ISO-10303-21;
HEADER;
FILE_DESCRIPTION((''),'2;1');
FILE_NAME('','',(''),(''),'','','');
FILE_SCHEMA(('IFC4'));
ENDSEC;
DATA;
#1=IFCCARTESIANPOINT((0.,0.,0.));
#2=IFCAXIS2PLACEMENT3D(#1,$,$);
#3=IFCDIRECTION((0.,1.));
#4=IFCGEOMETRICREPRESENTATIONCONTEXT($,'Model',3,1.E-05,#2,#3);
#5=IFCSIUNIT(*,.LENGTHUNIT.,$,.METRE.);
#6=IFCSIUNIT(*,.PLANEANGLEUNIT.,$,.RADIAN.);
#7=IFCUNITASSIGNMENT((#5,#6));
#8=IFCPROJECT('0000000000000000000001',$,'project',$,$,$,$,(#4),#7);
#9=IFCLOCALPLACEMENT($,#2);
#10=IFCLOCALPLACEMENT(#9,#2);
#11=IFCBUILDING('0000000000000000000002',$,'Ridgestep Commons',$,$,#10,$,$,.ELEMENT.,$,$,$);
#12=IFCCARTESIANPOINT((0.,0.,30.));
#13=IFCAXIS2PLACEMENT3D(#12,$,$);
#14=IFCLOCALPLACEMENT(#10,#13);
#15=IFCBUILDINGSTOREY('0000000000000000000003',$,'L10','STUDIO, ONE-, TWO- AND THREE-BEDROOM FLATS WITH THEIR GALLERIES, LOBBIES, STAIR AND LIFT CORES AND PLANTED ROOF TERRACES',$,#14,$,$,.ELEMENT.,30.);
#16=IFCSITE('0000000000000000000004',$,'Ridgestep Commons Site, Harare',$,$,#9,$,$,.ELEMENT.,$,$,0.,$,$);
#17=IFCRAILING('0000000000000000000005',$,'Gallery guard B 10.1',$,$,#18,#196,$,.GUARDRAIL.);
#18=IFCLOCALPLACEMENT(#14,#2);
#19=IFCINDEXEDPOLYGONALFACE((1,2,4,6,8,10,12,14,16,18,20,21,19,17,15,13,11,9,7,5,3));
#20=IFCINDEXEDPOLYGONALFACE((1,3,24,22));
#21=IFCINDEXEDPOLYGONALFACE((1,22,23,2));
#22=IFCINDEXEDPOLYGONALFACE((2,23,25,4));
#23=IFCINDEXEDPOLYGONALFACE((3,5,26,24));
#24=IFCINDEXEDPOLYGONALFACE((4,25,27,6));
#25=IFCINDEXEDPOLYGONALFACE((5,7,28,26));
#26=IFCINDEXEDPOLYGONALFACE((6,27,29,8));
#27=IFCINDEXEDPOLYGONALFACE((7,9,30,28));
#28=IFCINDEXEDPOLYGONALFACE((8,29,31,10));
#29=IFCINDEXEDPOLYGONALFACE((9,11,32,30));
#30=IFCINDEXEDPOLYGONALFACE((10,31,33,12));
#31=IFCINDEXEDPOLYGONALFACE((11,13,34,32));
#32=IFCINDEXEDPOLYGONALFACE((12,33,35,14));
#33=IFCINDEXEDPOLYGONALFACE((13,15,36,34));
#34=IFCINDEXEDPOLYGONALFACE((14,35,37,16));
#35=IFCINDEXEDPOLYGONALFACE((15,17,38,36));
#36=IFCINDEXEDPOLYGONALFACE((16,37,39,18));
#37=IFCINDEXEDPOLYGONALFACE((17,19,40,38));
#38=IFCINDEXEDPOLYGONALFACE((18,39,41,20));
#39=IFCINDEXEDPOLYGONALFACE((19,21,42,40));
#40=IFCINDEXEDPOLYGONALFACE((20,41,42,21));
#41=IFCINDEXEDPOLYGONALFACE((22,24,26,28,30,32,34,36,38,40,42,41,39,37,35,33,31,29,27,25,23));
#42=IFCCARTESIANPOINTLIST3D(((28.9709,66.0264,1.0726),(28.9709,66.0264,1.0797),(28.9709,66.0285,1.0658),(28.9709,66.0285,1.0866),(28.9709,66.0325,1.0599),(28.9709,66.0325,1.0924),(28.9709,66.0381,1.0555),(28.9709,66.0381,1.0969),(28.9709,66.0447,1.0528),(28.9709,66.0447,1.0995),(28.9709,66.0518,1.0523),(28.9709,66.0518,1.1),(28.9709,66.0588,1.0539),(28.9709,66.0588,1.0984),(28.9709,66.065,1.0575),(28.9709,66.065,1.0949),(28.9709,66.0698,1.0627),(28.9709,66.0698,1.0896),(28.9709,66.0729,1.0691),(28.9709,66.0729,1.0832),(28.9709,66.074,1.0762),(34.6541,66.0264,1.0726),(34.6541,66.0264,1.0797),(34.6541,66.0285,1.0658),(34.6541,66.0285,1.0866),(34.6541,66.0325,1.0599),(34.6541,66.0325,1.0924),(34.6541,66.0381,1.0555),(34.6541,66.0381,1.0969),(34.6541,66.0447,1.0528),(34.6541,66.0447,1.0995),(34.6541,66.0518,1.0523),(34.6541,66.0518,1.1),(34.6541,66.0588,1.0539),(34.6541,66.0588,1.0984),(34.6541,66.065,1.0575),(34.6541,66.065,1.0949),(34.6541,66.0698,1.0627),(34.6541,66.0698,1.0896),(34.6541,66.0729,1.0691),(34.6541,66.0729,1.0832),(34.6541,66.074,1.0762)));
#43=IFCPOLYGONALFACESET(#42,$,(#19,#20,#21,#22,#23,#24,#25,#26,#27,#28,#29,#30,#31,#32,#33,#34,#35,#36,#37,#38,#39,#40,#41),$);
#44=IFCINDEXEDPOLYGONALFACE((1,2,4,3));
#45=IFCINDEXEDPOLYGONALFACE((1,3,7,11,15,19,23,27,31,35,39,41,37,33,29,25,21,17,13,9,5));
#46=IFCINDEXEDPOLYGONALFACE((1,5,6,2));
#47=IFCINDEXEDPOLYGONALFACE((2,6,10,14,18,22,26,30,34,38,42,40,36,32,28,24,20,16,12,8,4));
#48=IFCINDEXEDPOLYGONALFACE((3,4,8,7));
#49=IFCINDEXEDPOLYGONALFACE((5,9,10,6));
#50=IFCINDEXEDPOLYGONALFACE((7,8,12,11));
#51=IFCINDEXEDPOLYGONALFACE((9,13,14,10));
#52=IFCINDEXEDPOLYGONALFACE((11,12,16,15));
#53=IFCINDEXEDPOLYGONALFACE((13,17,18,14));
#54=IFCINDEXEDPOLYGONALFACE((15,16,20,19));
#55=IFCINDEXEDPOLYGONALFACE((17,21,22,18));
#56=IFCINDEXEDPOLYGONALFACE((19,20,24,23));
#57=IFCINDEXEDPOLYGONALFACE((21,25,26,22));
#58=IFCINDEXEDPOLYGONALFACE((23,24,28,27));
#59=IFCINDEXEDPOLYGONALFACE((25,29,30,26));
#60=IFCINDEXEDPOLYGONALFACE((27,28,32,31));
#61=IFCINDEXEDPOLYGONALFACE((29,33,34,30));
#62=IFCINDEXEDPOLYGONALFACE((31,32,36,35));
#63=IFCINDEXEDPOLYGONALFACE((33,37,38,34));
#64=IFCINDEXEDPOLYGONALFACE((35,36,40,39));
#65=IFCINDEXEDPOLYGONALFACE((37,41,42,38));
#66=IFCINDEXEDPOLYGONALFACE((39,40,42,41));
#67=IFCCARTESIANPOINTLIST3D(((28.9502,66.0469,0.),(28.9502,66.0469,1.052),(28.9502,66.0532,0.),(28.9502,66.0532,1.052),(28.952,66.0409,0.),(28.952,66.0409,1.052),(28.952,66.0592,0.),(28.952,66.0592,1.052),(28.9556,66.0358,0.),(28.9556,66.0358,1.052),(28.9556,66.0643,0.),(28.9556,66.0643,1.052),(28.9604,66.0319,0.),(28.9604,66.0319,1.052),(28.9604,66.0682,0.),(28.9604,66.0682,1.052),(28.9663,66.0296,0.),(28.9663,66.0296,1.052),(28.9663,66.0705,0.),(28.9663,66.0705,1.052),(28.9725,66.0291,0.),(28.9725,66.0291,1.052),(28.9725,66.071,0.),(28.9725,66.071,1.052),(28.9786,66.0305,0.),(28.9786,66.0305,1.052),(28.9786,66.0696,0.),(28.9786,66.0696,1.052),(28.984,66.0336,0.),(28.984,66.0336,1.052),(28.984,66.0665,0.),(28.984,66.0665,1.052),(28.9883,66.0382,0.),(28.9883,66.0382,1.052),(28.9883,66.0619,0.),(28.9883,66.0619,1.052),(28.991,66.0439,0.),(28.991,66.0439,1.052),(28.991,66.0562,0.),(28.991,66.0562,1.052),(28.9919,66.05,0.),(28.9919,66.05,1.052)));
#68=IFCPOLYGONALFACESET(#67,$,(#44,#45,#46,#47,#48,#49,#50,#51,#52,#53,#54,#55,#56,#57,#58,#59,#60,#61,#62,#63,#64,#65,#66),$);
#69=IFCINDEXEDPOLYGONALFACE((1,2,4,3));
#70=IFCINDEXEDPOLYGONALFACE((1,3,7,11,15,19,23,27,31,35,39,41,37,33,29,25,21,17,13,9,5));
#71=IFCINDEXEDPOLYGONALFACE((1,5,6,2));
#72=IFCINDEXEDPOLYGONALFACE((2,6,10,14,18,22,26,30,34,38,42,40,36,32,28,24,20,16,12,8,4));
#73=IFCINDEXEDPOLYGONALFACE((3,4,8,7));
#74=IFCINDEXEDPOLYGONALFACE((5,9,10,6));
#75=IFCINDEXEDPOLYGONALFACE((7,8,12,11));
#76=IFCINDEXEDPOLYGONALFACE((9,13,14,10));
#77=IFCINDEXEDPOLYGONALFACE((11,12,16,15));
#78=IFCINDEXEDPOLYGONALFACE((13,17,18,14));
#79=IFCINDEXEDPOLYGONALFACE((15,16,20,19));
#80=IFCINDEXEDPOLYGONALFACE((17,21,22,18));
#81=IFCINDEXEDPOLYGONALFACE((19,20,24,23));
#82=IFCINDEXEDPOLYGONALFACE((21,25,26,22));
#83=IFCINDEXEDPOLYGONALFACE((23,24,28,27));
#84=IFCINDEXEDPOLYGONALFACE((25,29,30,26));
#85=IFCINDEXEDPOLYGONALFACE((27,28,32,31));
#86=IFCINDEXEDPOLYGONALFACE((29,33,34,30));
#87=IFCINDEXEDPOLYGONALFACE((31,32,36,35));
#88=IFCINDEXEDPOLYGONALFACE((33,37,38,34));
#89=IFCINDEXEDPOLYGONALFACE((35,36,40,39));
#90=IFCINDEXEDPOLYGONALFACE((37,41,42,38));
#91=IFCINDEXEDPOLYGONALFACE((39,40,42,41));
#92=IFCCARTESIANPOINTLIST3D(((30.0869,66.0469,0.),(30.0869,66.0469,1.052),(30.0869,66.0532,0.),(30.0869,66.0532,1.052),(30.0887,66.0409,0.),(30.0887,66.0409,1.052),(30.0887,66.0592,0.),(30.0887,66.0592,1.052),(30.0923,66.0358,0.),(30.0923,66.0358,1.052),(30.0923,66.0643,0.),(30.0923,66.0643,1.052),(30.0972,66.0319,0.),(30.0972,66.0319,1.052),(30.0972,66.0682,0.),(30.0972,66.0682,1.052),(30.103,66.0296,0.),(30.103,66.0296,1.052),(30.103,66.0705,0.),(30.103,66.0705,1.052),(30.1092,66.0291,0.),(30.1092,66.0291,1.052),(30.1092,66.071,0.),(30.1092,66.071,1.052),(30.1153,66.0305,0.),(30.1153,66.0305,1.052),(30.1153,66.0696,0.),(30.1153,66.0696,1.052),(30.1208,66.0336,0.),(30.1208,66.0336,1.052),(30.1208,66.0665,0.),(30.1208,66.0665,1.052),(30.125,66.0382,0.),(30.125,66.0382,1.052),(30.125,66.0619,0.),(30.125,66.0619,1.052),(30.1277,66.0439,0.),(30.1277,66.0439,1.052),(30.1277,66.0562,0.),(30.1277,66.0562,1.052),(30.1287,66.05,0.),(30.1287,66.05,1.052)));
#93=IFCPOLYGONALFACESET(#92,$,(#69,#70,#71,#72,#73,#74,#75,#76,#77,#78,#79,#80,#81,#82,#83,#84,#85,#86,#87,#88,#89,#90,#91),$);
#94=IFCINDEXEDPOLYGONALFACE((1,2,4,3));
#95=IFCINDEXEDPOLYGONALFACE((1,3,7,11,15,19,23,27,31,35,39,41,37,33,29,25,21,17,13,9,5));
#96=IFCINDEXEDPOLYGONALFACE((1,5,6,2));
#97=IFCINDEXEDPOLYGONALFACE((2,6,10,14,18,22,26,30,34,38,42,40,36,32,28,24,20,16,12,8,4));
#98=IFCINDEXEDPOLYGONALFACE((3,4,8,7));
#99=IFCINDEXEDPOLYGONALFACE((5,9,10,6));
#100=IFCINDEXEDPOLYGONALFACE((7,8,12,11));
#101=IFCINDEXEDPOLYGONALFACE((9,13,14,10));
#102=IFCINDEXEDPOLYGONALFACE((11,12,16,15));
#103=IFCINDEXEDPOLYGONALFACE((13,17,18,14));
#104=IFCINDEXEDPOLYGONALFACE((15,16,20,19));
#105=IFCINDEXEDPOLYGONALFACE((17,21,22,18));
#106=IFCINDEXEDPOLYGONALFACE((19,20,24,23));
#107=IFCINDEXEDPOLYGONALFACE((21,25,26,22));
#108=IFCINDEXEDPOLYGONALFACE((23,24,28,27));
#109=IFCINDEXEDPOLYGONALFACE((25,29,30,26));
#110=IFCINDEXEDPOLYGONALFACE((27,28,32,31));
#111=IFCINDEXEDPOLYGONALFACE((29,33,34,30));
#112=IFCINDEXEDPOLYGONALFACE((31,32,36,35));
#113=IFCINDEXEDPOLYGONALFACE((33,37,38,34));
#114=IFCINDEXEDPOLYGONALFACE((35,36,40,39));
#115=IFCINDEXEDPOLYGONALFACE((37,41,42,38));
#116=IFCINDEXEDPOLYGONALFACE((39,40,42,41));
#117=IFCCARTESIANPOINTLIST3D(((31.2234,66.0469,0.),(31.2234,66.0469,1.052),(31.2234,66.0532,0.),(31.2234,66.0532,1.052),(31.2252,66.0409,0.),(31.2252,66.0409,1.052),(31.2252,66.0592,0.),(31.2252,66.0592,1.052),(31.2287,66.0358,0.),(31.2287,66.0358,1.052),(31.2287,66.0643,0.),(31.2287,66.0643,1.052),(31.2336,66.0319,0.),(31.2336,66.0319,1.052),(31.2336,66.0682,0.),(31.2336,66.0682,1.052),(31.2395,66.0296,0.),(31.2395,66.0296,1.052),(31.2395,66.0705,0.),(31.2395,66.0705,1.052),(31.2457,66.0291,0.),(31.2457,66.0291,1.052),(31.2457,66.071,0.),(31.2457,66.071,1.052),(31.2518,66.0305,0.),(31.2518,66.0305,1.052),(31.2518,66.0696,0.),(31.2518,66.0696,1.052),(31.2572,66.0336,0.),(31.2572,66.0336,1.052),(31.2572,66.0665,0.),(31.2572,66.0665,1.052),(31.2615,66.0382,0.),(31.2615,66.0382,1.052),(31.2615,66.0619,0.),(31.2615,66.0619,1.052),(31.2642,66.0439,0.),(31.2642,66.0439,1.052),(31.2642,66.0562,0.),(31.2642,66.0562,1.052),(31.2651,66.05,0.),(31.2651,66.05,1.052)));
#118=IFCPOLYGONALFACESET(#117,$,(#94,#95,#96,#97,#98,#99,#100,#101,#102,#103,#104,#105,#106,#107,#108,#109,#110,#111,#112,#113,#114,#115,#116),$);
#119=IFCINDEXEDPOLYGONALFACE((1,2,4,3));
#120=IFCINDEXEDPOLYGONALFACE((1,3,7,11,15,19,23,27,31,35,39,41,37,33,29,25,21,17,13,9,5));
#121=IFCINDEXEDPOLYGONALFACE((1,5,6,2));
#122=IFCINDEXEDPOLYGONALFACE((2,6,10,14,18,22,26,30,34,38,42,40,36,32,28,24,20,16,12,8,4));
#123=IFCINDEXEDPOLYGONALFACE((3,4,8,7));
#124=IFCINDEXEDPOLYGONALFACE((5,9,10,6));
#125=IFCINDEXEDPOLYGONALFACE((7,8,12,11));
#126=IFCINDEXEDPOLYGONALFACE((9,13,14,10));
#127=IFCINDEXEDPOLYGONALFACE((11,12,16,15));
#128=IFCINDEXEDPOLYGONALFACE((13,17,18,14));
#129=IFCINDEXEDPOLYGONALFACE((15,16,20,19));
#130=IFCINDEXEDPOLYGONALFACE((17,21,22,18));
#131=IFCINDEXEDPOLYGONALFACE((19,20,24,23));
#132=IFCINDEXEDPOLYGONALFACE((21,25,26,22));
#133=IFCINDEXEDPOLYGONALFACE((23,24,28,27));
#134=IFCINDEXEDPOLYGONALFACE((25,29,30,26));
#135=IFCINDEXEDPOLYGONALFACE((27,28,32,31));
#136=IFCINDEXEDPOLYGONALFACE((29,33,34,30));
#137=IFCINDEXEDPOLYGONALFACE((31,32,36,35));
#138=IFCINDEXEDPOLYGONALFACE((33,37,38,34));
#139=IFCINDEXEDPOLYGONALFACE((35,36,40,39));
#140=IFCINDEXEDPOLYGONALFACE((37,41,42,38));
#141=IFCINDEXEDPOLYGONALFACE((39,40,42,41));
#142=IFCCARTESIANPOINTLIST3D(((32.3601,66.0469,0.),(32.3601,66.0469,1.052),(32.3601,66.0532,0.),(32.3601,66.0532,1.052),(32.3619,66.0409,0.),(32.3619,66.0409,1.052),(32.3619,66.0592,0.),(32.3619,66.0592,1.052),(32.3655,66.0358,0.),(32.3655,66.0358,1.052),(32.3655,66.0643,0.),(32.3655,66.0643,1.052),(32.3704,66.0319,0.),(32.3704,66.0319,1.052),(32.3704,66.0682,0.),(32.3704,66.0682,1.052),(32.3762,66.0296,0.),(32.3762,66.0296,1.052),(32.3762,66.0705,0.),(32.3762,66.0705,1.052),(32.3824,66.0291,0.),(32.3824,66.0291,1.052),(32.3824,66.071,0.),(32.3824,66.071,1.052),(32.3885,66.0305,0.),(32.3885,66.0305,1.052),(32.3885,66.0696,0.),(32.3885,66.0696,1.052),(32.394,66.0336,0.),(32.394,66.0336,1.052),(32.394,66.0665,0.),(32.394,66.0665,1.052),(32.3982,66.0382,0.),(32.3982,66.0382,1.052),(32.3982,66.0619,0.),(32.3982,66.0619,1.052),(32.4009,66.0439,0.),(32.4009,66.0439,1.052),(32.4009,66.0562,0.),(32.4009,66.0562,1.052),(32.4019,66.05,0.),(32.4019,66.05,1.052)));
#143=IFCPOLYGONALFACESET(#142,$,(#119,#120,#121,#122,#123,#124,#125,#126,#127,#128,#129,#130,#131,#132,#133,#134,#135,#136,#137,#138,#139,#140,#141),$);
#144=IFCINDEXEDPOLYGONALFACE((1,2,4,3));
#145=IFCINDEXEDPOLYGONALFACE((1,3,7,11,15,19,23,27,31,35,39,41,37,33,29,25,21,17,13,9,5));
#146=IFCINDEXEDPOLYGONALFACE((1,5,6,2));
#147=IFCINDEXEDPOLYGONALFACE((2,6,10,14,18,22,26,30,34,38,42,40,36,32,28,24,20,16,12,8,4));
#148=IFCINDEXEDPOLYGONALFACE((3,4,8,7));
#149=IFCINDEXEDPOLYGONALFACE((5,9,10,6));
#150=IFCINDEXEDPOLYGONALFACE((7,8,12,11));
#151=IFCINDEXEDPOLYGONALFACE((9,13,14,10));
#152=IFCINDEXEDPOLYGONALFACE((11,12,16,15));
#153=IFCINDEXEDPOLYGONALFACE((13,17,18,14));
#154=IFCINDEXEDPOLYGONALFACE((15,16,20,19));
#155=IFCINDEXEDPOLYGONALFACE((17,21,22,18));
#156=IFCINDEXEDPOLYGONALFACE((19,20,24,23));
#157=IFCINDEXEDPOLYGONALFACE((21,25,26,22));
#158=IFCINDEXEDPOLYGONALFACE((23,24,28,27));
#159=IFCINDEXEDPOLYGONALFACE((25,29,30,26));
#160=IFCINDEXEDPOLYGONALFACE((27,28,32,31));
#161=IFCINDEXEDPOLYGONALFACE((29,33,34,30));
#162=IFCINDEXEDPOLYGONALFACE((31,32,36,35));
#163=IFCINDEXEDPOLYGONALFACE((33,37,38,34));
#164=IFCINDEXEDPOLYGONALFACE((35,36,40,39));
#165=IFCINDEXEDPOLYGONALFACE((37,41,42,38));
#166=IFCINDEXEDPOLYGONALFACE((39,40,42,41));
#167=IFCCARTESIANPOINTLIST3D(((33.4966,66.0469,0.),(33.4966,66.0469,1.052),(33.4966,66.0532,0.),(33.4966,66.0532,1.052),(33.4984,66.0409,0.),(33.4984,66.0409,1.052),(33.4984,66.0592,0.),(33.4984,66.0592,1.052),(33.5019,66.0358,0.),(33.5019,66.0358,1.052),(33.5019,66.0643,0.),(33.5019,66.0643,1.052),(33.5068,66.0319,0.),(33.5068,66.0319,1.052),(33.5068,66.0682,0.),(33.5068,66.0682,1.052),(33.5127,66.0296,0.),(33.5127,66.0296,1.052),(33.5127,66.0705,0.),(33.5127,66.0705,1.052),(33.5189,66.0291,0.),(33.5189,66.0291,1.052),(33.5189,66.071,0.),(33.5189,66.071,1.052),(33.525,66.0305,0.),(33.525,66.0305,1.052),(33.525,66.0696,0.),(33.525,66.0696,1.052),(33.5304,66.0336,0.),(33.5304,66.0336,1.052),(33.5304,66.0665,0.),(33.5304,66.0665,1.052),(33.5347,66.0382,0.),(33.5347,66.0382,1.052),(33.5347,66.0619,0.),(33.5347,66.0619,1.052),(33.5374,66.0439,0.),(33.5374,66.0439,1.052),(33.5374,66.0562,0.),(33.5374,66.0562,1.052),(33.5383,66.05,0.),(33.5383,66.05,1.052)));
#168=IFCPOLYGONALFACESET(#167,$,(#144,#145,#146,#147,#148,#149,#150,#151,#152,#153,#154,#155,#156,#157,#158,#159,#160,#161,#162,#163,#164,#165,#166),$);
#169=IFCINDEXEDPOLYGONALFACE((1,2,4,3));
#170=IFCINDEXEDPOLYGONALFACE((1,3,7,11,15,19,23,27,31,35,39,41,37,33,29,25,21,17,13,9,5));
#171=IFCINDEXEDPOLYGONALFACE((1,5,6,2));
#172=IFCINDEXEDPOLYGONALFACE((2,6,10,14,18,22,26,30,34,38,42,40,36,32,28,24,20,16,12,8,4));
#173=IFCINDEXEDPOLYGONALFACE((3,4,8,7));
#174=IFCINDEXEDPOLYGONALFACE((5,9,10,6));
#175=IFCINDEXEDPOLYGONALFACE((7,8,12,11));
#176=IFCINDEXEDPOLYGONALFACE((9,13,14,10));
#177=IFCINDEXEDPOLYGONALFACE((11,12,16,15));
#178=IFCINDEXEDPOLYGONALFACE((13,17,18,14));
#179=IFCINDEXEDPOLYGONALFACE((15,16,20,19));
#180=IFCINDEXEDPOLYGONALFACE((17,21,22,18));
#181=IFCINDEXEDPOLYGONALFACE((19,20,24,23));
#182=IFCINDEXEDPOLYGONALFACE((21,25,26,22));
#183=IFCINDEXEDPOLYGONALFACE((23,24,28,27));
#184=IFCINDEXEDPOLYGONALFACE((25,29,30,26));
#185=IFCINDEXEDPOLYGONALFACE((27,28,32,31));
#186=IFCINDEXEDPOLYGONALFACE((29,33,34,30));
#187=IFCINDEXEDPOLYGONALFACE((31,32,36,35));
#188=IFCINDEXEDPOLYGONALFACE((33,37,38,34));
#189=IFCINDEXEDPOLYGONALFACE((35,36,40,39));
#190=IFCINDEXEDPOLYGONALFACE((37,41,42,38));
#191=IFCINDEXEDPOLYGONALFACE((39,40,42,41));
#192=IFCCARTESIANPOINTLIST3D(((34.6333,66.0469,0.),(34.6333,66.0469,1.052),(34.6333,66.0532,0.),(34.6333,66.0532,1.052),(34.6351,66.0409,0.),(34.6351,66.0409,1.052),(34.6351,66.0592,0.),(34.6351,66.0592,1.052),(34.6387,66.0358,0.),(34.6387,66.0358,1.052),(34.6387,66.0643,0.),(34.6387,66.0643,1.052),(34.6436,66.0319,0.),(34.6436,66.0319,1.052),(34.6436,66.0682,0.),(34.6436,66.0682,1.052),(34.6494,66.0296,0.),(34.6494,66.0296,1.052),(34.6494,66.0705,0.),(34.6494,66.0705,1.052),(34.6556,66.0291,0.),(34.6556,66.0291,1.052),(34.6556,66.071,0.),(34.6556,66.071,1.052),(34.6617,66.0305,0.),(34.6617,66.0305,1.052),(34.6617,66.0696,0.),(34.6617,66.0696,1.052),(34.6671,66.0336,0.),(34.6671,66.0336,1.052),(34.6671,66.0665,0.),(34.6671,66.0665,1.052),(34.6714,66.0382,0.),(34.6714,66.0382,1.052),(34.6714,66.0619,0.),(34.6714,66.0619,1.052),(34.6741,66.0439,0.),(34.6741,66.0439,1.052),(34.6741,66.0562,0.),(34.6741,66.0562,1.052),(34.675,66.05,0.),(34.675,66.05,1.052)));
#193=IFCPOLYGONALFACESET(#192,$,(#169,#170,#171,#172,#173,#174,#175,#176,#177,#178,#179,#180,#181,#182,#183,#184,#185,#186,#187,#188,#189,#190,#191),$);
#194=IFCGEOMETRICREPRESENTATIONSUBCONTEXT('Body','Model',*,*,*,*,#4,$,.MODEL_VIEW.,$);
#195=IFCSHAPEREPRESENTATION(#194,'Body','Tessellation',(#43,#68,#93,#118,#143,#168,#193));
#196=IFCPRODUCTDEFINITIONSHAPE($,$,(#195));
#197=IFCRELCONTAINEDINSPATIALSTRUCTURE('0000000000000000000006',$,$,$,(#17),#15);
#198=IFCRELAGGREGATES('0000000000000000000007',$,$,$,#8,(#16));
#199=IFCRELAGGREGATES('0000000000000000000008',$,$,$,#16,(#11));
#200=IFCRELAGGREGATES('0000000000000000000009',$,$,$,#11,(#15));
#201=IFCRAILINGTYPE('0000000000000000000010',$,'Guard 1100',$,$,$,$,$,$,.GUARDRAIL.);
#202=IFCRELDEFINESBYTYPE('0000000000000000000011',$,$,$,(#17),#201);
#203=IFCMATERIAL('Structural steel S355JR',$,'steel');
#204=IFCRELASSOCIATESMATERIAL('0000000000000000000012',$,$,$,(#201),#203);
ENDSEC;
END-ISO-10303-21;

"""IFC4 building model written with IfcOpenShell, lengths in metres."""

from ifc_helpers import new_model, si_unit, direction, frame, origin, origin_2d, place, context, subcontext, project, spatial, circle, extrude, material, type_object, element, save


model = new_model("IFC4")

# Units and contexts
model_context = context("Model", 3, precision=1e-05, world=origin(), true_north=direction((0.0, 1.0)))
body_context = subcontext(model_context, "Body", "Model", "MODEL_VIEW")
ifc_project = project(units=[si_unit("LENGTHUNIT", "METRE"), si_unit("PLANEANGLEUNIT", "RADIAN")], contexts=[model_context])

# Site, building, storey
site_placement = place(None, origin())
site = spatial("IfcSite", under=ifc_project, at=site_placement, Name="Ridgestep Commons Site, Harare", CompositionType="ELEMENT", RefElevation=0.0)
building_placement = place(site_placement, origin())
building = spatial("IfcBuilding", under=site, at=building_placement, Name="Ridgestep Commons", CompositionType="ELEMENT")
storey_placement = place(building_placement, frame((0.0, 0.0, 30.0)))
storey = spatial("IfcBuildingStorey", under=building, at=storey_placement, Name="L10", Description="STUDIO, ONE-, TWO- AND THREE-BEDROOM FLATS WITH THEIR GALLERIES, LOBBIES, STAIR AND LIFT CORES AND PLANTED ROOF TERRACES", CompositionType="ELEMENT", Elevation=30.0)

# Railing
ifc_material_1 = material(Name="Structural steel S355JR", Category="steel")
railing_type_1 = type_object("IfcRailingType", Name="Guard 1100", PredefinedType="GUARDRAIL", material=ifc_material_1)
railing_1_placement = place(storey_placement, frame((28.9709, 66.05, 0.0)))
element("IfcRailing", 1, at=railing_1_placement, inside=storey, type_object=railing_type_1, Name="Gallery guard B 10.1", PredefinedType="GUARDRAIL", context=body_context, shape_type="SweptSolid", body=[
    extrude(circle(Radius=0.0239, at=origin_2d()), frame((0.0, 0.0, 1.0762), z_axis=(1.0, 0.0, 0.0), x_axis=(0.0, 1.0, 0.0)), (0.0, 0.0, 1.0), 5.6831),
    extrude(circle(Radius=0.021, at=origin_2d()), origin(), (0.0, 0.0, 1.0), 1.052),
    extrude(circle(Radius=0.021, at=origin_2d()), frame((1.1367, 0.0, 0.0)), (0.0, 0.0, 1.0), 1.052),
    extrude(circle(Radius=0.021, at=origin_2d()), frame((2.2732, 0.0, 0.0)), (0.0, 0.0, 1.0), 1.052),
    extrude(circle(Radius=0.021, at=origin_2d()), frame((3.4099, 0.0, 0.0)), (0.0, 0.0, 1.0), 1.052),
    extrude(circle(Radius=0.021, at=origin_2d()), frame((4.5464, 0.0, 0.0)), (0.0, 0.0, 1.0), 1.052),
    extrude(circle(Radius=0.021, at=origin_2d()), frame((5.6831, 0.0, 0.0)), (0.0, 0.0, 1.0), 1.052),
])

save(model, "model.ifc")
